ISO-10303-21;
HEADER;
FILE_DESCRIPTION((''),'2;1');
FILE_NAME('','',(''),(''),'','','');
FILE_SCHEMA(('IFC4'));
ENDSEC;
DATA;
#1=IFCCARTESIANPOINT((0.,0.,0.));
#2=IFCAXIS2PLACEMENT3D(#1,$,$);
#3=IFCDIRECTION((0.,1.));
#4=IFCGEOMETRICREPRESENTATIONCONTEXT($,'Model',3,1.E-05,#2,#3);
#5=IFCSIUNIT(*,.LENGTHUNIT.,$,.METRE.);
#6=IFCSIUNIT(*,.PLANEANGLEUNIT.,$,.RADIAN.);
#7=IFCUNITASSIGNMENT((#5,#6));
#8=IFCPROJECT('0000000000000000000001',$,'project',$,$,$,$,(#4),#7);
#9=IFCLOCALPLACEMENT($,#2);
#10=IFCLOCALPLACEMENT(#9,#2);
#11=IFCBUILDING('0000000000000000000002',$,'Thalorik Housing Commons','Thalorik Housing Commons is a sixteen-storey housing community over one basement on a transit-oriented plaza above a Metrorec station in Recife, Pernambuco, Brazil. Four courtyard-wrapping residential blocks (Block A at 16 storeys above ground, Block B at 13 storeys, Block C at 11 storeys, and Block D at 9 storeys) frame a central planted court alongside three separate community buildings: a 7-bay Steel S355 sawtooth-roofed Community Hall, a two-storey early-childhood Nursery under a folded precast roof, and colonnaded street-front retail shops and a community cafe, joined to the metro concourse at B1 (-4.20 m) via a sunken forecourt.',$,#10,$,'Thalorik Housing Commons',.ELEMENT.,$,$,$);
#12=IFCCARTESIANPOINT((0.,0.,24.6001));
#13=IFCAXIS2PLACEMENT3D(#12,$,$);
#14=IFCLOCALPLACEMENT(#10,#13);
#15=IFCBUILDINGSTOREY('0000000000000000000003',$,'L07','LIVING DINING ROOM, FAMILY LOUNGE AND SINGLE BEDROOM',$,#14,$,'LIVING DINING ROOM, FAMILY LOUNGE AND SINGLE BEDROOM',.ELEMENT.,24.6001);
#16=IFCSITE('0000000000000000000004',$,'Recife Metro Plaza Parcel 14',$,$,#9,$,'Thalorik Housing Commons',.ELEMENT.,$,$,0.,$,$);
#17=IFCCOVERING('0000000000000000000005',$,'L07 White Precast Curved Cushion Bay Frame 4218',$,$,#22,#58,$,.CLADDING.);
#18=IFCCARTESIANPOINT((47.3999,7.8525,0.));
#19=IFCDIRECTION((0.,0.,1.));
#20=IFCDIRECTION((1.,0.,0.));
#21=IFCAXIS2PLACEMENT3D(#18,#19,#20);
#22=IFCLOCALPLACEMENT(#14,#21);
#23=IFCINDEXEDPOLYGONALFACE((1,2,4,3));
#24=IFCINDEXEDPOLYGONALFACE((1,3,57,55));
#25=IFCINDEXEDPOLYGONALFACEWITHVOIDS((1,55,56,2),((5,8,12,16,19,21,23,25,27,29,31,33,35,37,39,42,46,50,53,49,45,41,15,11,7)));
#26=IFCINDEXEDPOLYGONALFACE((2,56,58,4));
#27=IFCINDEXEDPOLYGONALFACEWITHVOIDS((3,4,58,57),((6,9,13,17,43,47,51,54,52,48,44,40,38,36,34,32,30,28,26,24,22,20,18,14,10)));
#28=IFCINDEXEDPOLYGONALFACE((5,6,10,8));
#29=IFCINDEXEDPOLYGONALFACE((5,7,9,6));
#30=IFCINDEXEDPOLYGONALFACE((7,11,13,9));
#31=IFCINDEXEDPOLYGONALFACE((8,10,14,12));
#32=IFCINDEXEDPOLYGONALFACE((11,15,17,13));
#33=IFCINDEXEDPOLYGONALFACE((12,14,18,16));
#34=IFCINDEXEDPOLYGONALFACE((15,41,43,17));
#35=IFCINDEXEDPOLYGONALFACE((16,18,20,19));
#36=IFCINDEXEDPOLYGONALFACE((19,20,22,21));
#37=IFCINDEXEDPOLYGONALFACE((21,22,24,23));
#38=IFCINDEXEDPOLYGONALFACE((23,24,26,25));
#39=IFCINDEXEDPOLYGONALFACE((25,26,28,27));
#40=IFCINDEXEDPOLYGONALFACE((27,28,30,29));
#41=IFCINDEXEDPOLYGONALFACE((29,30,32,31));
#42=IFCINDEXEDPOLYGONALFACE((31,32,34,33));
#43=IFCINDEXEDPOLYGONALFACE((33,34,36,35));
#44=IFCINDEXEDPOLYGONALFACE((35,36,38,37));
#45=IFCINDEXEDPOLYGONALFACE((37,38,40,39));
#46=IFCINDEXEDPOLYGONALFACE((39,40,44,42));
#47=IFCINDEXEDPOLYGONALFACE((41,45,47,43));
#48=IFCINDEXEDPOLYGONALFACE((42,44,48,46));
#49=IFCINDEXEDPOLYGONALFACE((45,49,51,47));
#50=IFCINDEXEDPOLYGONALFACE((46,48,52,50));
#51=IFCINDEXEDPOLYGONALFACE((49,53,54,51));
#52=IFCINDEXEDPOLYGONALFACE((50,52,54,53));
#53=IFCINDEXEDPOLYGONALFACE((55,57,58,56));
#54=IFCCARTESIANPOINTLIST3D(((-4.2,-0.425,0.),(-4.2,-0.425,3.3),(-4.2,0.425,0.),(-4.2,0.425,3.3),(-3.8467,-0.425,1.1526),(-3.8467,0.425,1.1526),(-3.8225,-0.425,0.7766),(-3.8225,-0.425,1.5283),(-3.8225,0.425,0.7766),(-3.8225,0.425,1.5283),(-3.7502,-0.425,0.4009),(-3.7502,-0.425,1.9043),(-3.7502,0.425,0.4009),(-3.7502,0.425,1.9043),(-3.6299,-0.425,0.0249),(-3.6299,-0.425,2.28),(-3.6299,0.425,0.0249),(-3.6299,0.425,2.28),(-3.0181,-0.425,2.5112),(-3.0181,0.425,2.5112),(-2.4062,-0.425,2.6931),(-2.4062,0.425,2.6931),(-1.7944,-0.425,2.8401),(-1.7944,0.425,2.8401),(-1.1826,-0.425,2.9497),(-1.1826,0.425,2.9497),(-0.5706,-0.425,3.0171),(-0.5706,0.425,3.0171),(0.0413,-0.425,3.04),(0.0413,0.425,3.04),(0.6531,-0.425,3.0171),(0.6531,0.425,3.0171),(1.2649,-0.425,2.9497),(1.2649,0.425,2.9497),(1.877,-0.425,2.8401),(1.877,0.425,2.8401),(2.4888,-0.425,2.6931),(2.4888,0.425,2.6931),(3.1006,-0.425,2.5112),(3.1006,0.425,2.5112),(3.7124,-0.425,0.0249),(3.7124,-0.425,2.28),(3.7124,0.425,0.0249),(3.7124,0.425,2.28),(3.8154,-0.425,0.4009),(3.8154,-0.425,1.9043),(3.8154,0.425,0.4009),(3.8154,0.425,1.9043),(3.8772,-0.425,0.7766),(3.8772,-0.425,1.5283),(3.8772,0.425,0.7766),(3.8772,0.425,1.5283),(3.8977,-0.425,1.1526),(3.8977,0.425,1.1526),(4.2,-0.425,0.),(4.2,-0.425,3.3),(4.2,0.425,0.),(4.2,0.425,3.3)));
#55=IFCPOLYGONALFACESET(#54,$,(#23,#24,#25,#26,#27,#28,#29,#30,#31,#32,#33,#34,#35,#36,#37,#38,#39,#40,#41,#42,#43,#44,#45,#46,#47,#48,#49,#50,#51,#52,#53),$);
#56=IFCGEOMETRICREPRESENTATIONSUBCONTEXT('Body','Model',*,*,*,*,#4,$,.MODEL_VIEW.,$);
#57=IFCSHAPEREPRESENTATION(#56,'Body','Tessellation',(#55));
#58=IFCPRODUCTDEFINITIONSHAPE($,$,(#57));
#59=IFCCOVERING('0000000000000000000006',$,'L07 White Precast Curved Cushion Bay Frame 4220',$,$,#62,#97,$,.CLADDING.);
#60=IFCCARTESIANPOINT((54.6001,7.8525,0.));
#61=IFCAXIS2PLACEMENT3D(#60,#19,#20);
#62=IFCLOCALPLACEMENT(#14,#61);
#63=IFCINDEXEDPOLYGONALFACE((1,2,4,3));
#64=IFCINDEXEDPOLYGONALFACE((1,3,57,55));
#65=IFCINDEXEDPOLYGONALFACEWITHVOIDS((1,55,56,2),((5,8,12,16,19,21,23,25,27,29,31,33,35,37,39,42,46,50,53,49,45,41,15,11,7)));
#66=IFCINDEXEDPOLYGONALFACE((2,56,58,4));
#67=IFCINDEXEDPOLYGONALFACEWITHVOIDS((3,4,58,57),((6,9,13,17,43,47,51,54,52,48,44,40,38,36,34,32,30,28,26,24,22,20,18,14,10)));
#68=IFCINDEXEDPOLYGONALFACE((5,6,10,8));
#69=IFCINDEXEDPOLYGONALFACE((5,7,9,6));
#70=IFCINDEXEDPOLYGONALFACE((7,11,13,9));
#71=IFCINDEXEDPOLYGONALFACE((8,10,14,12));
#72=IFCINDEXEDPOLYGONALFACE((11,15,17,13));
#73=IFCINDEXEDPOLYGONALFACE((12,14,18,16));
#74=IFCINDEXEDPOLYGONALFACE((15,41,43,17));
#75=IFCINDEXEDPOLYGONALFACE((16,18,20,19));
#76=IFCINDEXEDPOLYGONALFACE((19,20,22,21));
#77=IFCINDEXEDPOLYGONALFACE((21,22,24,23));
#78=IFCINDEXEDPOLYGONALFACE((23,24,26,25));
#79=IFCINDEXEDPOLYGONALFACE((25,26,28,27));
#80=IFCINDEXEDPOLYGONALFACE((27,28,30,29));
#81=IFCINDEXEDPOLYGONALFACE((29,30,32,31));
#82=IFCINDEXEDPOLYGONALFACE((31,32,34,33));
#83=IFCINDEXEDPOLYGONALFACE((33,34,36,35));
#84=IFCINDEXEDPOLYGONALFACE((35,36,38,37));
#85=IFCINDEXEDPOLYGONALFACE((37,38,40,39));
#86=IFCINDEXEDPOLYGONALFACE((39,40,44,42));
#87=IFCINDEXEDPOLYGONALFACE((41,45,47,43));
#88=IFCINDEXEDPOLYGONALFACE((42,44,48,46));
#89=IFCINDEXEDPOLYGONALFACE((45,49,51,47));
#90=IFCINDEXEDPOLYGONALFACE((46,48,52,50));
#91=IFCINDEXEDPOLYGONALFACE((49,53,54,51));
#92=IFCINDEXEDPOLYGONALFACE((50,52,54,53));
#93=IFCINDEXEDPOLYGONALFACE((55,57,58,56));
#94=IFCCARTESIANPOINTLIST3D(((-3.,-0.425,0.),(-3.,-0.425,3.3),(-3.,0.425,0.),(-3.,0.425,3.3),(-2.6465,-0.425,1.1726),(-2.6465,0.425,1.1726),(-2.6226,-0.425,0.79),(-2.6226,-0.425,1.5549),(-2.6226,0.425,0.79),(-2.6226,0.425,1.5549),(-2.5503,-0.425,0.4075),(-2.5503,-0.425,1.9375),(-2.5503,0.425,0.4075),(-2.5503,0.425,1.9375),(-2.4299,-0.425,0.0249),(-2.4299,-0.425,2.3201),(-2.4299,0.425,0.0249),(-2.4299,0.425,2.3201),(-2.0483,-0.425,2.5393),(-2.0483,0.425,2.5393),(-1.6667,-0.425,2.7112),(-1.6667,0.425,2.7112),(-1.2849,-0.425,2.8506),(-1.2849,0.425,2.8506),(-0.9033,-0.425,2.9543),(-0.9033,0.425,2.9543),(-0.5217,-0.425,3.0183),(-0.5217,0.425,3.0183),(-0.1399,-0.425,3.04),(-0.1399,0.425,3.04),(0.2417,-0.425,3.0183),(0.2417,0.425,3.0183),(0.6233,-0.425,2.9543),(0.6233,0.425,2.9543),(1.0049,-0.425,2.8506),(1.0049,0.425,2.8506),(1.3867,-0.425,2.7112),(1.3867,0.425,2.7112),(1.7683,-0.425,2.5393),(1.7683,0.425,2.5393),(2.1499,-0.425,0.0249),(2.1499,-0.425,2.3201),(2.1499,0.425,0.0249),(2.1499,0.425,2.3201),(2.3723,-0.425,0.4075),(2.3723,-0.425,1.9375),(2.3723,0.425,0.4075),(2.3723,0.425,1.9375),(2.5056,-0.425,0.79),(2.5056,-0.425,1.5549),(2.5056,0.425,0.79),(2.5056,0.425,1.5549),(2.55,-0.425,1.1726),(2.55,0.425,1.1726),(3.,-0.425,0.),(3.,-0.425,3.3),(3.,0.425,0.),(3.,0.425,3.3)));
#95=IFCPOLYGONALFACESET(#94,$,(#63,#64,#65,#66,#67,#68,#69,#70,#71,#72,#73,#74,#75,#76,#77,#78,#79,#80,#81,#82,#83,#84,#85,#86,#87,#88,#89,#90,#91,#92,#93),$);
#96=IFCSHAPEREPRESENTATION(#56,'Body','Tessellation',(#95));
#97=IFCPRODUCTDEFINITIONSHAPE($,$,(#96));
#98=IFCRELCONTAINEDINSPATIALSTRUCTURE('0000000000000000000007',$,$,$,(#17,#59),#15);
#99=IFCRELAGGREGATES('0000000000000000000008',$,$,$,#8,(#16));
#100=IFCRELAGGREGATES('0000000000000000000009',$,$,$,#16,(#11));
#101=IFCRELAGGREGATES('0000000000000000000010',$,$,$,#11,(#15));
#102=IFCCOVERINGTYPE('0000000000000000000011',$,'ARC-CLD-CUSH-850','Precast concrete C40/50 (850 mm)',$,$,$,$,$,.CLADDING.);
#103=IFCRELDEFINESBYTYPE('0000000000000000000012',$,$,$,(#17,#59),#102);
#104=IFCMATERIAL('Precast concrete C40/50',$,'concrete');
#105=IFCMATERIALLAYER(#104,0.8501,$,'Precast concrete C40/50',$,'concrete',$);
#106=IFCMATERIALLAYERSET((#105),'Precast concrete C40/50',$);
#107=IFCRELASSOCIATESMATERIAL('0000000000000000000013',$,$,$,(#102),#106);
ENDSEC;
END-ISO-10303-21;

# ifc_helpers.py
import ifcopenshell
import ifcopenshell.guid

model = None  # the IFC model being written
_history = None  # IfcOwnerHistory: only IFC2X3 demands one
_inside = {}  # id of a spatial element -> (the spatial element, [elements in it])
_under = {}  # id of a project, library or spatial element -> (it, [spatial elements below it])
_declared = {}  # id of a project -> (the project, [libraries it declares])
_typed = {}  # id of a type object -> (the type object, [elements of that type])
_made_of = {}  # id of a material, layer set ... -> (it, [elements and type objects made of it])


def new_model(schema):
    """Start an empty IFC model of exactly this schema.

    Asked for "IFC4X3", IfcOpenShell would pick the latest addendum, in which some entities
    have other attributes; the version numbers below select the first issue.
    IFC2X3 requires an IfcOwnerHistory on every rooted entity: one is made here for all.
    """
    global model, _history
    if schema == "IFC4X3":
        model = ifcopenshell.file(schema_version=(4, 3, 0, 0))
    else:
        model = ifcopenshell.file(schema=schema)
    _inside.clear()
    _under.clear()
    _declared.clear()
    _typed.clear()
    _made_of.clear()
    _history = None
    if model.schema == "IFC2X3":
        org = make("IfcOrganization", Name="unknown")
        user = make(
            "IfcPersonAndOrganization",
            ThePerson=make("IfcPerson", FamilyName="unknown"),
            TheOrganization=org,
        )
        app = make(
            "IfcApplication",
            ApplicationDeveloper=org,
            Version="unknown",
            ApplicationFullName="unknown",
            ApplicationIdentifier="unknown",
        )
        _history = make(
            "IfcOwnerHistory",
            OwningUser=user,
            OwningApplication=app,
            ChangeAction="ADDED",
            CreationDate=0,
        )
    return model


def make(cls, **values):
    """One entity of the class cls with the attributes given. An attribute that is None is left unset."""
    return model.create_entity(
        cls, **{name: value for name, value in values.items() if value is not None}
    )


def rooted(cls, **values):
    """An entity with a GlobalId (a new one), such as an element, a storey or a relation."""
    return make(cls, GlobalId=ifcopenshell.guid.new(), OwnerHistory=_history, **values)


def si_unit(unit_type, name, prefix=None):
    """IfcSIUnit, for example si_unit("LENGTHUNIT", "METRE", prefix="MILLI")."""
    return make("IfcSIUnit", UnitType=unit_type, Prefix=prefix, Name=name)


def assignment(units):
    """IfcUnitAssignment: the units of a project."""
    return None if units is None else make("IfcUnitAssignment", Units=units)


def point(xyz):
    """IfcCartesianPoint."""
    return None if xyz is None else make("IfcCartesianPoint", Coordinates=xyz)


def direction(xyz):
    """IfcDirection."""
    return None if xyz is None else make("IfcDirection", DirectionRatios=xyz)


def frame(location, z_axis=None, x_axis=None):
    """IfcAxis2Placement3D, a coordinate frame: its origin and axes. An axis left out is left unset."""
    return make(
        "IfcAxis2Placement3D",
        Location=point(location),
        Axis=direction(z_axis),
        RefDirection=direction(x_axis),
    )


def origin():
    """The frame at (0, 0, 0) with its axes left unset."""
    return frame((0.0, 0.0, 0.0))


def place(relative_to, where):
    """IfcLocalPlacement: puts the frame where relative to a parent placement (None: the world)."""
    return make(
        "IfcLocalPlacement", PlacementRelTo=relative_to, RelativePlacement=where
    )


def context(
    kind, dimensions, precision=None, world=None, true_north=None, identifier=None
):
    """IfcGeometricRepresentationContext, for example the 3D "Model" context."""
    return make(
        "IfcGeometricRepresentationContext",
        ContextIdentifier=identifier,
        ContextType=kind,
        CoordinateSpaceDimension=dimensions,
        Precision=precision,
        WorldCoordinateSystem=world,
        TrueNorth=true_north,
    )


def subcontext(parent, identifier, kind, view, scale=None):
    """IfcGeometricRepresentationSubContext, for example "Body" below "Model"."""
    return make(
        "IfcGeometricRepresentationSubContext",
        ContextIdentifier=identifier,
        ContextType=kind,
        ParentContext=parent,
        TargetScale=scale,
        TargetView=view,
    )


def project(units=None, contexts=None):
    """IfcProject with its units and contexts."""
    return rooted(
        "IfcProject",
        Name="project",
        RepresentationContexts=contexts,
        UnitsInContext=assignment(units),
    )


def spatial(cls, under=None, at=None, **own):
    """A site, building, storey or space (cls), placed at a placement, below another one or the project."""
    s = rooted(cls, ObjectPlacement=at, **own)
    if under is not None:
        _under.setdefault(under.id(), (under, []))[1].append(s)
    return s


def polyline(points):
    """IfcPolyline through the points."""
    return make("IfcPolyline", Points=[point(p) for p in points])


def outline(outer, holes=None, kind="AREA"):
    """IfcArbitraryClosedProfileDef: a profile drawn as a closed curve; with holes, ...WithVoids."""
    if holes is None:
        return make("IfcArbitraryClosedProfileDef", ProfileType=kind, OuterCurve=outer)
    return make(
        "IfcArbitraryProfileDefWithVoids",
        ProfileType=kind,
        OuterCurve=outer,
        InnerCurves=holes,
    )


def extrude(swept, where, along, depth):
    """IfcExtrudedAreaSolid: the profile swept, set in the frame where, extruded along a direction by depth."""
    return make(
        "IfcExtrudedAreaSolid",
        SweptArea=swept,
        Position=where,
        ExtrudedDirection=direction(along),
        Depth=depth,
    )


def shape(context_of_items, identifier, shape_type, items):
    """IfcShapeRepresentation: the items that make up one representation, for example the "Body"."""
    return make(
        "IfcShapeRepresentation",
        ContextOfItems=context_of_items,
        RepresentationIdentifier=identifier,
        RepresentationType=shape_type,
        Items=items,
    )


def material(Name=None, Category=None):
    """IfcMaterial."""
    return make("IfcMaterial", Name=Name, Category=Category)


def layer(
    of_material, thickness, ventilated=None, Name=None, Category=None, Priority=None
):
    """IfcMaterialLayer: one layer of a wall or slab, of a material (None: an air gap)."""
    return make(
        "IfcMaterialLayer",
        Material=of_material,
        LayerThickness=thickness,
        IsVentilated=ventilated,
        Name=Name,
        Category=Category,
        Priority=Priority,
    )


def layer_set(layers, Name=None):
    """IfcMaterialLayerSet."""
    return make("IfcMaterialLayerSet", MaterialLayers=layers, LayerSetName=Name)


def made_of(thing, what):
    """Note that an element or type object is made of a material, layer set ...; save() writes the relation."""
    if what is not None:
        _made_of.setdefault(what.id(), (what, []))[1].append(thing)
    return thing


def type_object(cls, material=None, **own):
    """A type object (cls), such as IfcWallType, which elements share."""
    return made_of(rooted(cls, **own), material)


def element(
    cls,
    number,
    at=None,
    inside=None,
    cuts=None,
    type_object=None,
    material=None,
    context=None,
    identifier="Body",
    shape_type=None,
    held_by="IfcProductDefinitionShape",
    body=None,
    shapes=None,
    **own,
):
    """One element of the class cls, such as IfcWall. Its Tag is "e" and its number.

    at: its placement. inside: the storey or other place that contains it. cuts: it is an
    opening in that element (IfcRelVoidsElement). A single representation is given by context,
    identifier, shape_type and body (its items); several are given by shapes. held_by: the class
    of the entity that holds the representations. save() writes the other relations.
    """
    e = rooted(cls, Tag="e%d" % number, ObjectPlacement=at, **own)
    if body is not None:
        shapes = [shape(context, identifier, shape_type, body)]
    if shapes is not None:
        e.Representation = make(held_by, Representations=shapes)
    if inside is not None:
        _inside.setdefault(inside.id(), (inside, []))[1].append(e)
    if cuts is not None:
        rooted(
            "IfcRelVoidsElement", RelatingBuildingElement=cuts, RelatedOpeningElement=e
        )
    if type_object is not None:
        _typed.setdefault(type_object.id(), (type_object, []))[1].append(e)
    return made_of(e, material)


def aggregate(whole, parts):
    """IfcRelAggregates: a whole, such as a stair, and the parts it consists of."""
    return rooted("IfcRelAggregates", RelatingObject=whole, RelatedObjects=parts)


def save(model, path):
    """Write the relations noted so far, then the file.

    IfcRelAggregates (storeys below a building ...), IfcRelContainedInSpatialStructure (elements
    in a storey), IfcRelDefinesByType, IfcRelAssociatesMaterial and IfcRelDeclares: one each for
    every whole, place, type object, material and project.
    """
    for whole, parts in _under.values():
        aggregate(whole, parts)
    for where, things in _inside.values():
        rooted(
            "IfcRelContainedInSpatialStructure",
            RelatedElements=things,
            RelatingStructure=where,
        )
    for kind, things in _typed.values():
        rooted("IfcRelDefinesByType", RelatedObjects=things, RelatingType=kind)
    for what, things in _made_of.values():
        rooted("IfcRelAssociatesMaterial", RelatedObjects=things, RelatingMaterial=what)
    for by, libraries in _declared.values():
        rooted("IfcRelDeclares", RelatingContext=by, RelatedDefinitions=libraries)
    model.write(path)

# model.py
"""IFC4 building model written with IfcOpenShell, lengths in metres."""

from ifc_helpers import new_model, si_unit, direction, frame, origin, place, context, subcontext, project, spatial, polyline, outline, extrude, material, layer, layer_set, type_object, element, save


model = new_model("IFC4")

# Units and contexts
model_context = context("Model", 3, precision=1e-05, world=origin(), true_north=direction((0.0, 1.0)))
body_context = subcontext(model_context, "Body", "Model", "MODEL_VIEW")
ifc_project = project(units=[si_unit("LENGTHUNIT", "METRE"), si_unit("PLANEANGLEUNIT", "RADIAN")], contexts=[model_context])

# Site, building, storey
site_placement = place(None, origin())
site = spatial("IfcSite", under=ifc_project, at=site_placement, Name="Recife Metro Plaza Parcel 14", LongName="Thalorik Housing Commons", CompositionType="ELEMENT", RefElevation=0.0)
building_placement = place(site_placement, origin())
building = spatial("IfcBuilding", under=site, at=building_placement, Name="Thalorik Housing Commons", Description="Thalorik Housing Commons is a sixteen-storey housing community over one basement on a transit-oriented plaza above a Metrorec station in Recife, Pernambuco, Brazil. Four courtyard-wrapping residential blocks (Block A at 16 storeys above ground, Block B at 13 storeys, Block C at 11 storeys, and Block D at 9 storeys) frame a central planted court alongside three separate community buildings: a 7-bay Steel S355 sawtooth-roofed Community Hall, a two-storey early-childhood Nursery under a folded precast roof, and colonnaded street-front retail shops and a community cafe, joined to the metro concourse at B1 (-4.20 m) via a sunken forecourt.", LongName="Thalorik Housing Commons", CompositionType="ELEMENT")
storey_placement = place(building_placement, frame((0.0, 0.0, 24.6001)))
storey = spatial("IfcBuildingStorey", under=building, at=storey_placement, Name="L07", Description="LIVING DINING ROOM, FAMILY LOUNGE AND SINGLE BEDROOM", LongName="LIVING DINING ROOM, FAMILY LOUNGE AND SINGLE BEDROOM", CompositionType="ELEMENT", Elevation=24.6001)

# Shared definitions
ifc_material_1 = material(Name="Precast concrete C40/50", Category="concrete")

# Coverings
ifc_layer_1 = layer(ifc_material_1, 0.8501, Name="Precast concrete C40/50", Category="concrete")
ifc_layer_set_1 = layer_set([ifc_layer_1], Name="Precast concrete C40/50")
covering_type_1 = type_object("IfcCoveringType", Name="ARC-CLD-CUSH-850", Description="Precast concrete C40/50 (850 mm)", PredefinedType="CLADDING", material=ifc_layer_set_1)
covering_1_placement = place(storey_placement, frame((47.3999, 7.8525, 0.0), z_axis=(0.0, 0.0, 1.0), x_axis=(1.0, 0.0, 0.0)))
element("IfcCovering", 1, at=covering_1_placement, inside=storey, type_object=covering_type_1, Name="L07 White Precast Curved Cushion Bay Frame 4218", PredefinedType="CLADDING", context=body_context, shape_type="SweptSolid", body=[
    extrude(outline(polyline([(-4.2, 0.0), (4.2, 0.0), (4.2, 3.3), (-4.2, 3.3), (-4.2, 0.0)]), holes=[polyline([(3.7124, 0.0249), (3.8154, 0.4009), (3.8772, 0.7766), (3.8977, 1.1526), (3.8772, 1.5283), (3.8154, 1.9043), (3.7124, 2.28), (3.1006, 2.5112), (2.4888, 2.6931), (1.877, 2.8401), (1.2649, 2.9497), (0.6531, 3.0171), (0.0413, 3.04), (-0.5706, 3.0171), (-1.1826, 2.9497), (-1.7944, 2.8401), (-2.4062, 2.6931), (-3.0181, 2.5112), (-3.6299, 2.28), (-3.7502, 1.9043), (-3.8225, 1.5283), (-3.8467, 1.1526), (-3.8225, 0.7766), (-3.7502, 0.4009), (-3.6299, 0.0249), (3.7124, 0.0249)])]), frame((0.0, 0.425, 0.0), z_axis=(0.0, -1.0, 0.0), x_axis=(1.0, 0.0, 0.0)), (0.0, 0.0, 1.0), 0.8501),
])
covering_2_placement = place(storey_placement, frame((54.6001, 7.8525, 0.0), z_axis=(0.0, 0.0, 1.0), x_axis=(1.0, 0.0, 0.0)))
element("IfcCovering", 2, at=covering_2_placement, inside=storey, type_object=covering_type_1, Name="L07 White Precast Curved Cushion Bay Frame 4220", PredefinedType="CLADDING", context=body_context, shape_type="SweptSolid", body=[
    extrude(outline(polyline([(-3.0, 0.0), (3.0, 0.0), (3.0, 3.3), (-3.0, 3.3), (-3.0, 0.0)]), holes=[polyline([(2.1499, 0.0249), (2.3723, 0.4075), (2.5056, 0.79), (2.55, 1.1726), (2.5056, 1.5549), (2.3723, 1.9375), (2.1499, 2.3201), (1.7683, 2.5393), (1.3867, 2.7112), (1.0049, 2.8506), (0.6233, 2.9543), (0.2417, 3.0183), (-0.1399, 3.04), (-0.5217, 3.0183), (-0.9033, 2.9543), (-1.2849, 2.8506), (-1.6667, 2.7112), (-2.0483, 2.5393), (-2.4299, 2.3201), (-2.5503, 1.9375), (-2.6226, 1.5549), (-2.6465, 1.1726), (-2.6226, 0.79), (-2.5503, 0.4075), (-2.4299, 0.0249), (2.1499, 0.0249)])]), frame((0.0, 0.425, 0.0), z_axis=(0.0, -1.0, 0.0), x_axis=(1.0, 0.0, 0.0)), (0.0, 0.0, 1.0), 0.8501),
])

save(model, "model.ifc")
